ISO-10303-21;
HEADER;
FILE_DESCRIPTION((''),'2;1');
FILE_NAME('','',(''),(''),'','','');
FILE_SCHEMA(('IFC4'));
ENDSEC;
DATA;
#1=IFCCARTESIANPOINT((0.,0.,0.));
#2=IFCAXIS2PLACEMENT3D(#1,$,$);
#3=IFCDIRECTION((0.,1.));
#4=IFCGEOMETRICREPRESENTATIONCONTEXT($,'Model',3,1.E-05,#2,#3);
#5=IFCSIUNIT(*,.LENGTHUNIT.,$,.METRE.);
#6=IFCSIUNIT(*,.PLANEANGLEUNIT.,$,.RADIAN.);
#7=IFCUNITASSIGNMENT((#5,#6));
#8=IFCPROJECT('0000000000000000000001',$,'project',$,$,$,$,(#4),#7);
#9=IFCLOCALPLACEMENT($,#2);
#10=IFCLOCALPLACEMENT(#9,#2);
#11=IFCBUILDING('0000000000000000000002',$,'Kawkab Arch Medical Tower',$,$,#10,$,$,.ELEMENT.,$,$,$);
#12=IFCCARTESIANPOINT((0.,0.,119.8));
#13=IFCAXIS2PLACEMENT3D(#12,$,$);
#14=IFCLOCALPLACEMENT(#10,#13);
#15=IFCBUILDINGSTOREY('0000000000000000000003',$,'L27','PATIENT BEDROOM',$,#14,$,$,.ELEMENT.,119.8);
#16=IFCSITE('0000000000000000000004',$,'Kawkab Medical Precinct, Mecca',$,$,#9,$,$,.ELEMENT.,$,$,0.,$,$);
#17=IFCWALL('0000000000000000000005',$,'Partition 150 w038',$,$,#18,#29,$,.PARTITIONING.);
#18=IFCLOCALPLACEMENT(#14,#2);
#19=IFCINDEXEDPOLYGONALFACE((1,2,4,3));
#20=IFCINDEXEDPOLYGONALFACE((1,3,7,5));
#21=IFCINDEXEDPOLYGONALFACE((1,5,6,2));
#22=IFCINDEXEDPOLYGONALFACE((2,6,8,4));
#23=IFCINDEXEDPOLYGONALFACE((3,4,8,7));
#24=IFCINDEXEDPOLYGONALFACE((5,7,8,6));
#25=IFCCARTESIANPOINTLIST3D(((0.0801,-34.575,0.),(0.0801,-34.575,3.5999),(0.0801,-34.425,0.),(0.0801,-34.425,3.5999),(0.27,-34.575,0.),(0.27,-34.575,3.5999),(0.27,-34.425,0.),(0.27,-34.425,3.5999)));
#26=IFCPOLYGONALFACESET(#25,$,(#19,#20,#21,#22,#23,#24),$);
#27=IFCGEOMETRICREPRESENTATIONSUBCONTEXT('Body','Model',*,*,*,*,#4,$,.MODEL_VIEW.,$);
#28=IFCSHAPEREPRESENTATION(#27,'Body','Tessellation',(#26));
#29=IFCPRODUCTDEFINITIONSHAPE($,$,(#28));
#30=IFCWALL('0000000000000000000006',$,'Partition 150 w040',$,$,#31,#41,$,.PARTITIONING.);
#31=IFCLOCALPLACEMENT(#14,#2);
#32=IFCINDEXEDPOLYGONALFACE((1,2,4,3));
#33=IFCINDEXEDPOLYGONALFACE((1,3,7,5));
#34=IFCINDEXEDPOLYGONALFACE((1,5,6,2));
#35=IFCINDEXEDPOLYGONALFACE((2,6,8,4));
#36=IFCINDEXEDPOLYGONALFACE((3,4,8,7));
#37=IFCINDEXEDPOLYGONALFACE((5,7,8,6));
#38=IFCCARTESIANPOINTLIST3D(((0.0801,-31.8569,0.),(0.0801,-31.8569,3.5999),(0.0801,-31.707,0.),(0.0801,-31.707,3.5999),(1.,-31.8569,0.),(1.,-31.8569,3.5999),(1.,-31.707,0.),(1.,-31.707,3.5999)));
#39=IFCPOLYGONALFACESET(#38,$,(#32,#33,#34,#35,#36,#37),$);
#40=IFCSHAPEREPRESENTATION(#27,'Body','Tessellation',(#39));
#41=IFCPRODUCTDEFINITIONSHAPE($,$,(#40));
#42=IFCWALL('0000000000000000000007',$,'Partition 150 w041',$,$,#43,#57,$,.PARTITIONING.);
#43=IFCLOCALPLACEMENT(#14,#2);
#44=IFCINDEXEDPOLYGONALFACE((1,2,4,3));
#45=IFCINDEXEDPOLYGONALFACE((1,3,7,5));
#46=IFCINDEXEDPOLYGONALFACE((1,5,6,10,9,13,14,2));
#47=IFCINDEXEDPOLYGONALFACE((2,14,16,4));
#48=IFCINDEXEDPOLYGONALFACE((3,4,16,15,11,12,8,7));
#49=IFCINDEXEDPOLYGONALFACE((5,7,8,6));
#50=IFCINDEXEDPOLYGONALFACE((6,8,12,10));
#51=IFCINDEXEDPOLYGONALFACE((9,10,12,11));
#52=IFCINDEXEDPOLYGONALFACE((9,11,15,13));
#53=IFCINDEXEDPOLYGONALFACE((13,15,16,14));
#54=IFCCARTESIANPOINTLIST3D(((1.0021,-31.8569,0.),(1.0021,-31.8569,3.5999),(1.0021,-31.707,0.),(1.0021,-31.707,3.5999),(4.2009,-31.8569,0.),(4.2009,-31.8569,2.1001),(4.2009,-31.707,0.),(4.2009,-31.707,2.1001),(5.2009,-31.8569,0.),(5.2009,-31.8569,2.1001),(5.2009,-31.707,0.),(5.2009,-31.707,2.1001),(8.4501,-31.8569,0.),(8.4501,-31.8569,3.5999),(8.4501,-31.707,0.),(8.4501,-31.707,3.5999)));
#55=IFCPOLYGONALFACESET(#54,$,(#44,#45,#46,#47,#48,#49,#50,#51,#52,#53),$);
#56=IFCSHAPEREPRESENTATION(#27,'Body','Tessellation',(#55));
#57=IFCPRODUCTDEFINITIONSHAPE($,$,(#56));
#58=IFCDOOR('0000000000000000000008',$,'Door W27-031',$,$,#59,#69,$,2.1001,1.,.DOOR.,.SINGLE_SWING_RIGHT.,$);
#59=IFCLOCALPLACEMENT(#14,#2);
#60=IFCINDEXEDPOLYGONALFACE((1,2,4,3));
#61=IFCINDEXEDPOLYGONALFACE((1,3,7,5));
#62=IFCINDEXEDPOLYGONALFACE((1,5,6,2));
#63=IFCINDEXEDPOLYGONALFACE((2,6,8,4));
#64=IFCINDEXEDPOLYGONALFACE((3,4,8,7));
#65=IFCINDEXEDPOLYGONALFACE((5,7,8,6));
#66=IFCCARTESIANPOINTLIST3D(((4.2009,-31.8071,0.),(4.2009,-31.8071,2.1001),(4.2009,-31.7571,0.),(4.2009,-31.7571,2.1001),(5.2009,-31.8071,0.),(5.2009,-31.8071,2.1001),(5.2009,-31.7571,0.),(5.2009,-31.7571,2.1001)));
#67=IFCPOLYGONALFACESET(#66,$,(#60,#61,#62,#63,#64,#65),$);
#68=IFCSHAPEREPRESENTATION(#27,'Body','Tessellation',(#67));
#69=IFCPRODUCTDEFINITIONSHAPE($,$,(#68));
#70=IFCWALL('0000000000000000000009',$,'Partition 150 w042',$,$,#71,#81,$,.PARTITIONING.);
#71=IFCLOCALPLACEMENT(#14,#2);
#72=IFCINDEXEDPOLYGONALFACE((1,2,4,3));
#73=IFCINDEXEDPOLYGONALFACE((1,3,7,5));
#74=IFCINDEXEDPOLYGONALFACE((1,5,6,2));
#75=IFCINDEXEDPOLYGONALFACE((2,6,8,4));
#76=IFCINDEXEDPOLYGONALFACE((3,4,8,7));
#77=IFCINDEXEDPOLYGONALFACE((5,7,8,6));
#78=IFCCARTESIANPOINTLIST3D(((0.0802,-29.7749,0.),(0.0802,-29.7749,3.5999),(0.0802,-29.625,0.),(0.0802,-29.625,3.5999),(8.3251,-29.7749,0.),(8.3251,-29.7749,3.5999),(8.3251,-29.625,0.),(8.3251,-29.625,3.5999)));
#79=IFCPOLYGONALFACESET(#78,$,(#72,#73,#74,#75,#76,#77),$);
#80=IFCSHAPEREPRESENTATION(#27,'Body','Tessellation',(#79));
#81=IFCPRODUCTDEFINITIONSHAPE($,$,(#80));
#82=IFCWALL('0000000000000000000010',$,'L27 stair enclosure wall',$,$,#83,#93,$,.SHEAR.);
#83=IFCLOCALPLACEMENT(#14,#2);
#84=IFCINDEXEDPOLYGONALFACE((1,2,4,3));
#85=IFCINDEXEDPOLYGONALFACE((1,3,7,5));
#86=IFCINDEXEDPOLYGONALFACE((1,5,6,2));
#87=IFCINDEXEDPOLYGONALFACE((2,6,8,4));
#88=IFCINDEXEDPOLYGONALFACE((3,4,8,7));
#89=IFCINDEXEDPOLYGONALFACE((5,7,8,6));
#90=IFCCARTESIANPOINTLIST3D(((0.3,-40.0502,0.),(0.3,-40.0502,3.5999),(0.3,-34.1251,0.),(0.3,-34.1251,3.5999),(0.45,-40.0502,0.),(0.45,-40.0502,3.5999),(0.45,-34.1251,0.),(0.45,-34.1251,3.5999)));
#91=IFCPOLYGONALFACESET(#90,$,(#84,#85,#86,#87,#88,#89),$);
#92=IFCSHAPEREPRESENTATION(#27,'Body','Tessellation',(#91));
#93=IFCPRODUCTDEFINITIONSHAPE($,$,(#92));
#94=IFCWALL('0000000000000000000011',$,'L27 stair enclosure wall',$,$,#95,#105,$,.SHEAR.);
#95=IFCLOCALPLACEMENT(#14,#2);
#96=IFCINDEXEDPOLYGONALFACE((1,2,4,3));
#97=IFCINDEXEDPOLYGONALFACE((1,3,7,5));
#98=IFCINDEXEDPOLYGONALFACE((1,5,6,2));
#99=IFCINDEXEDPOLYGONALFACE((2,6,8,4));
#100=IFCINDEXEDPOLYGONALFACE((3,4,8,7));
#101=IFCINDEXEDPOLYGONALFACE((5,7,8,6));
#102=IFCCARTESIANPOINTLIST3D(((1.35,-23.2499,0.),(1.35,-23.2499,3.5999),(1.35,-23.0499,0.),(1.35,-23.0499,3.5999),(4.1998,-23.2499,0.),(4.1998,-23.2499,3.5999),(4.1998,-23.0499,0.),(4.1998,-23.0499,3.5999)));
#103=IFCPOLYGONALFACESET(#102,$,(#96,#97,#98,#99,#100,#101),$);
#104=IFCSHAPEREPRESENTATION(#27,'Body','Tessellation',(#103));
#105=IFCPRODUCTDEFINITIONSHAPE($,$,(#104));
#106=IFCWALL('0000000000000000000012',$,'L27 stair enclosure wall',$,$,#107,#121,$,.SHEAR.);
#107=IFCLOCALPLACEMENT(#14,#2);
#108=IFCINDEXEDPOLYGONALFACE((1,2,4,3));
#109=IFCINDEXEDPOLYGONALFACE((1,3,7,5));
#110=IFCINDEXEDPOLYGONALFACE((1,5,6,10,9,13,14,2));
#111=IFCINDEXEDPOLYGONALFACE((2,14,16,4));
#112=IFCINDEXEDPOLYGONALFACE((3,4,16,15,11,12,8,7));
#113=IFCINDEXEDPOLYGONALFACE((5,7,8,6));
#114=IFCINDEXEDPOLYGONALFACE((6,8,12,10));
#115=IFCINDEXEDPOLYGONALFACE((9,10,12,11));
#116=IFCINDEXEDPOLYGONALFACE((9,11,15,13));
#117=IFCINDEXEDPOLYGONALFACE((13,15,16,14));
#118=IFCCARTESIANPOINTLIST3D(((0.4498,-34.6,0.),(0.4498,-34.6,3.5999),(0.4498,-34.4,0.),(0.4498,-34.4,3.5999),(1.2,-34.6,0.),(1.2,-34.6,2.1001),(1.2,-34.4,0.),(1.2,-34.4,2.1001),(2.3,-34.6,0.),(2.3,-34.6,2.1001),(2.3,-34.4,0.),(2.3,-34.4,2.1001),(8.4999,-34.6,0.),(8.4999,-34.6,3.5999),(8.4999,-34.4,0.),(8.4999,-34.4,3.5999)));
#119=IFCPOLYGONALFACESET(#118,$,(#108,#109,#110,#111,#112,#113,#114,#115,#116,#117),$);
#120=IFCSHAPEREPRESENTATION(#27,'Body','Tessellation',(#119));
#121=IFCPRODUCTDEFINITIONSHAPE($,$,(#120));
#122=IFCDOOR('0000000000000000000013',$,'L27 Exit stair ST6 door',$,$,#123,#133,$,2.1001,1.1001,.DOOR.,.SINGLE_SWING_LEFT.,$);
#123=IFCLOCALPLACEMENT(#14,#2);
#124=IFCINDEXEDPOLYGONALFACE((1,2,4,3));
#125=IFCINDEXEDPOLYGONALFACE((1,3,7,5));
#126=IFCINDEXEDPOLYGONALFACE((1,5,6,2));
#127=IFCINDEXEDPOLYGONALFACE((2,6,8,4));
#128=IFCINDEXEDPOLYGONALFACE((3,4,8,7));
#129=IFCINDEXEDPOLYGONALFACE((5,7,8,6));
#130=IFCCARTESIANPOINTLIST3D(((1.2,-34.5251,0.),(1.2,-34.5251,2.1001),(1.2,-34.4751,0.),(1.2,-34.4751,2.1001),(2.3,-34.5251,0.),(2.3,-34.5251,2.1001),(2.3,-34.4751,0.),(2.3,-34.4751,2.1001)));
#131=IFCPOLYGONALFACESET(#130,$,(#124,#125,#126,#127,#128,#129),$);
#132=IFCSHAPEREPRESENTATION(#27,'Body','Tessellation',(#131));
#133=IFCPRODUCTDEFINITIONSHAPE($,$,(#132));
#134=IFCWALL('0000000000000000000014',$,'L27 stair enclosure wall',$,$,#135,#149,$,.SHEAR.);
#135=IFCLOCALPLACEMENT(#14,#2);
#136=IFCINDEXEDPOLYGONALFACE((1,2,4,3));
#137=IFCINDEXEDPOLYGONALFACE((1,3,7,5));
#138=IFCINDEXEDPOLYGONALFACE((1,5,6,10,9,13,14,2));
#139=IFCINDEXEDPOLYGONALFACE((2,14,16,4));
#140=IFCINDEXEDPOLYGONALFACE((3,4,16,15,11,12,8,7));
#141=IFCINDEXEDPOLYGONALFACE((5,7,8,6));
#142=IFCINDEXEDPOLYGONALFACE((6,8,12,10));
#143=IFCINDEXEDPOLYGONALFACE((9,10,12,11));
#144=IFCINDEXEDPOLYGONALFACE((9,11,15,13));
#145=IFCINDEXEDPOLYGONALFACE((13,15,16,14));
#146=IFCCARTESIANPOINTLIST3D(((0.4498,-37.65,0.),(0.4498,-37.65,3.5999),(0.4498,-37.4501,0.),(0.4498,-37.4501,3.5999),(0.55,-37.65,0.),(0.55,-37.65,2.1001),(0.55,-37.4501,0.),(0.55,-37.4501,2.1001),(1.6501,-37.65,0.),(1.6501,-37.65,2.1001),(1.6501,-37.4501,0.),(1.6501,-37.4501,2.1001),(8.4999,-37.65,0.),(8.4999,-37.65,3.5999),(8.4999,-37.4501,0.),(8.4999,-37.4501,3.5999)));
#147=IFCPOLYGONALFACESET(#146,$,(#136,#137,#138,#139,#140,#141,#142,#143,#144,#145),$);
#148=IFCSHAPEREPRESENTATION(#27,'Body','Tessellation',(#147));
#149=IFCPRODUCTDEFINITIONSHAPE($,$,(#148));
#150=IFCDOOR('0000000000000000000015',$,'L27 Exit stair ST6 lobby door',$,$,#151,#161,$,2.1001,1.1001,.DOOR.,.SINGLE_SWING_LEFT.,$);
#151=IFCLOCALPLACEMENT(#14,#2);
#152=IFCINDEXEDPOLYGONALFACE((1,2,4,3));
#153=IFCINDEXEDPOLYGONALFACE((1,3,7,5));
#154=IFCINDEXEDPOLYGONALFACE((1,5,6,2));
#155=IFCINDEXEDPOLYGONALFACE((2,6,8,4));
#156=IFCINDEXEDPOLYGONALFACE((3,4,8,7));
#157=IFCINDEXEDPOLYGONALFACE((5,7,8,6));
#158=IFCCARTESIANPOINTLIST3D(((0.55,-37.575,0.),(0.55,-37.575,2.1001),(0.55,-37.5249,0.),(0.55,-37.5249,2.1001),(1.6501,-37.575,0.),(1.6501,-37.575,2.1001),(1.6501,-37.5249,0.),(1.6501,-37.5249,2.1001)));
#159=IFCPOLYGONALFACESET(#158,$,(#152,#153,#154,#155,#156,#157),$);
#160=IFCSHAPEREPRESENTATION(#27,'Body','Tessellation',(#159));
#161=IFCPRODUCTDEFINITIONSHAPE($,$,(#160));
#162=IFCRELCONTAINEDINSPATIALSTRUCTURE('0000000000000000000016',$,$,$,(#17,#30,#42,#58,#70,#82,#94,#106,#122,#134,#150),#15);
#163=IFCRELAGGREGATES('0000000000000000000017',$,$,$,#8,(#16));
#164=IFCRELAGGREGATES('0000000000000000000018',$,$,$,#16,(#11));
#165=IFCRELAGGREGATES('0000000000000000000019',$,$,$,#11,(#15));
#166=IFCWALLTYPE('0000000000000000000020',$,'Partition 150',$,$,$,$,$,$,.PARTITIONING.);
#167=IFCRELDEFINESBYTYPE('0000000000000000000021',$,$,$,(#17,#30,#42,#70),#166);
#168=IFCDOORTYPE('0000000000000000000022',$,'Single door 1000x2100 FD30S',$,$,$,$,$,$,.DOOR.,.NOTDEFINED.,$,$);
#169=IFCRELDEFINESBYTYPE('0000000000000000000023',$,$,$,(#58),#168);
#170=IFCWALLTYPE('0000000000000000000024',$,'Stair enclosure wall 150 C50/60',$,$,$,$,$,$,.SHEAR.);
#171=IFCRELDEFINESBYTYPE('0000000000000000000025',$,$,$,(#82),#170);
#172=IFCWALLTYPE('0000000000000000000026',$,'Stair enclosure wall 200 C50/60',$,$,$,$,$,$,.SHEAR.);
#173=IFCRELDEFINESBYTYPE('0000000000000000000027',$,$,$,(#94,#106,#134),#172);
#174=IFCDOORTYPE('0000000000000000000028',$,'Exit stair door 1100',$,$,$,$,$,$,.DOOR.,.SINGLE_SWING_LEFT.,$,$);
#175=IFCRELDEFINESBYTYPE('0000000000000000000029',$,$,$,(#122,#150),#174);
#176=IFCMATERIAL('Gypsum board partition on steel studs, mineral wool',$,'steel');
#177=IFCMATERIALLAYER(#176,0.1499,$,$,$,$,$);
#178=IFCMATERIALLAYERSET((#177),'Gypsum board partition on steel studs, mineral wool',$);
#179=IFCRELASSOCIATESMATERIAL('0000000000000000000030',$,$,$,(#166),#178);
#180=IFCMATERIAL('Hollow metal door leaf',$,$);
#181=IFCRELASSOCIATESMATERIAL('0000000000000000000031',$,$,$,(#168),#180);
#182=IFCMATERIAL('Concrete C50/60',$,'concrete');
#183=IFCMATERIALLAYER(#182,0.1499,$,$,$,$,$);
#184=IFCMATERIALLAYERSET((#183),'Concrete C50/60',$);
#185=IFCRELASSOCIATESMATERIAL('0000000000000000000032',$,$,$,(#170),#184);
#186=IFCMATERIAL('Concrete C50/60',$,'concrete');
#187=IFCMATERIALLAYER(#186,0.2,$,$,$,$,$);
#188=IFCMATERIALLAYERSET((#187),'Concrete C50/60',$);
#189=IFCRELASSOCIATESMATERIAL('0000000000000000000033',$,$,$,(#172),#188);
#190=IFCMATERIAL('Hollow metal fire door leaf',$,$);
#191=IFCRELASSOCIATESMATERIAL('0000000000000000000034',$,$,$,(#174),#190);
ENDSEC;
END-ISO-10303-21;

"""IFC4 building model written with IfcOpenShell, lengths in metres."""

from ifc_helpers import new_model, si_unit, direction, frame, frame_2d, origin, place, context, subcontext, project, spatial, rectangle, extrude, material, layer, layer_set, type_object, element, fill, save


model = new_model("IFC4")

# Units and contexts
model_context = context("Model", 3, precision=1e-05, world=origin(), true_north=direction((0.0, 1.0)))
body_context = subcontext(model_context, "Body", "Model", "MODEL_VIEW")
ifc_project = project(units=[si_unit("LENGTHUNIT", "METRE"), si_unit("PLANEANGLEUNIT", "RADIAN")], contexts=[model_context])

# Site, building, storey
site_placement = place(None, origin())
site = spatial("IfcSite", under=ifc_project, at=site_placement, Name="Kawkab Medical Precinct, Mecca", CompositionType="ELEMENT", RefElevation=0.0)
building_placement = place(site_placement, origin())
building = spatial("IfcBuilding", under=site, at=building_placement, Name="Kawkab Arch Medical Tower", CompositionType="ELEMENT")
storey_placement = place(building_placement, frame((0.0, 0.0, 119.8)))
storey = spatial("IfcBuildingStorey", under=building, at=storey_placement, Name="L27", Description="PATIENT BEDROOM", CompositionType="ELEMENT", Elevation=119.8)

# Walls
ifc_material_1 = material(Name="Gypsum board partition on steel studs, mineral wool", Category="steel")
ifc_layer_1 = layer(ifc_material_1, 0.1499)
ifc_layer_set_1 = layer_set([ifc_layer_1], Name="Gypsum board partition on steel studs, mineral wool")
wall_type_1 = type_object("IfcWallType", Name="Partition 150", PredefinedType="PARTITIONING", material=ifc_layer_set_1)
wall_1_placement = place(storey_placement, frame((0.0801, -34.5, 0.0), z_axis=(0.0, 0.0, 1.0), x_axis=(1.0, 0.0, 0.0)))
element("IfcWall", 1, at=wall_1_placement, inside=storey, type_object=wall_type_1, Name="Partition 150 w038", PredefinedType="PARTITIONING", context=body_context, shape_type="SweptSolid", body=[
    extrude(rectangle(XDim=0.1899, YDim=0.1499, at=frame_2d((0.095, 0.0))), origin(), (0.0, 0.0, 1.0), 3.5999),
])
wall_2_placement = place(storey_placement, frame((0.0801, -31.782, 0.0), z_axis=(0.0, 0.0, 1.0), x_axis=(1.0, 0.0, 0.0)))
element("IfcWall", 2, at=wall_2_placement, inside=storey, type_object=wall_type_1, Name="Partition 150 w040", PredefinedType="PARTITIONING", context=body_context, shape_type="SweptSolid", body=[
    extrude(rectangle(XDim=0.9199, YDim=0.1499, at=frame_2d((0.46, 0.0))), origin(), (0.0, 0.0, 1.0), 3.5999),
])

# Wall, opening, door
wall_3_placement = place(storey_placement, frame((1.002, -31.782, 0.0), z_axis=(0.0, 0.0, 1.0), x_axis=(1.0, 0.0, 0.0)))
wall_3 = element("IfcWall", 3, at=wall_3_placement, inside=storey, type_object=wall_type_1, Name="Partition 150 w041", PredefinedType="PARTITIONING", context=body_context, shape_type="SweptSolid", body=[
    extrude(rectangle(XDim=7.448, YDim=0.1499, at=frame_2d((3.7241, 0.0))), origin(), (0.0, 0.0, 1.0), 3.5999),
])
opening_1_placement = place(wall_3_placement, frame((3.199, 0.0, 0.0)))
opening_1 = element("IfcOpeningElement", 4, at=opening_1_placement, cuts=wall_3, PredefinedType="OPENING", context=body_context, shape_type="SweptSolid", body=[
    extrude(rectangle(XDim=1.0, YDim=2.1001, at=frame_2d((0.5, 1.05))), frame((0.0, 0.085, 0.0), z_axis=(0.0, -1.0, 0.0), x_axis=(1.0, 0.0, 0.0)), (0.0, 0.0, 1.0), 0.1699),
])
ifc_material_2 = material(Name="Hollow metal door leaf")
door_type_1 = type_object("IfcDoorType", Name="Single door 1000x2100 FD30S", OperationType="NOTDEFINED", PredefinedType="DOOR", material=ifc_material_2)
door_1_placement = place(opening_1_placement, origin())
door_1 = element("IfcDoor", 5, at=door_1_placement, inside=storey, type_object=door_type_1, Name="Door W27-031", OperationType="SINGLE_SWING_RIGHT", OverallHeight=2.1001, OverallWidth=1.0, PredefinedType="DOOR", context=body_context, shape_type="SweptSolid", body=[
    extrude(rectangle(XDim=1.0, YDim=2.1001, at=frame_2d((0.5, 1.05))), frame((0.0, 0.0249, 0.0), z_axis=(0.0, -1.0, 0.0), x_axis=(1.0, 0.0, 0.0)), (0.0, 0.0, 1.0), 0.05),
])
fill(opening_1, door_1)

# Walls
wall_4_placement = place(storey_placement, frame((0.0801, -29.7, 0.0), z_axis=(0.0, 0.0, 1.0), x_axis=(1.0, 0.0, 0.0)))
element("IfcWall", 6, at=wall_4_placement, inside=storey, type_object=wall_type_1, Name="Partition 150 w042", PredefinedType="PARTITIONING", context=body_context, shape_type="SweptSolid", body=[
    extrude(rectangle(XDim=8.2449, YDim=0.1499, at=frame_2d((4.1226, 0.0))), origin(), (0.0, 0.0, 1.0), 3.5999),
])
ifc_material_3 = material(Name="Concrete C50/60", Category="concrete")
ifc_layer_2 = layer(ifc_material_3, 0.1499)
ifc_layer_set_2 = layer_set([ifc_layer_2], Name="Concrete C50/60")
wall_type_2 = type_object("IfcWallType", Name="Stair enclosure wall 150 C50/60", PredefinedType="SHEAR", material=ifc_layer_set_2)
wall_5_placement = place(storey_placement, frame((0.375, -40.05, 0.0), z_axis=(0.0, 0.0, 1.0), x_axis=(0.0, 1.0, 0.0)))
element("IfcWall", 7, at=wall_5_placement, inside=storey, type_object=wall_type_2, Name="L27 stair enclosure wall", PredefinedType="SHEAR", context=body_context, shape_type="SweptSolid", body=[
    extrude(rectangle(XDim=5.925, YDim=0.1499, at=frame_2d((2.9624, 0.0))), origin(), (0.0, 0.0, 1.0), 3.5999),
])
ifc_material_4 = material(Name="Concrete C50/60", Category="concrete")
ifc_layer_3 = layer(ifc_material_4, 0.2)
ifc_layer_set_3 = layer_set([ifc_layer_3], Name="Concrete C50/60")
wall_type_3 = type_object("IfcWallType", Name="Stair enclosure wall 200 C50/60", PredefinedType="SHEAR", material=ifc_layer_set_3)
wall_6_placement = place(storey_placement, frame((1.3501, -23.1499, 0.0), z_axis=(0.0, 0.0, 1.0), x_axis=(1.0, 0.0, 0.0)))
element("IfcWall", 8, at=wall_6_placement, inside=storey, type_object=wall_type_3, Name="L27 stair enclosure wall", PredefinedType="SHEAR", context=body_context, shape_type="SweptSolid", body=[
    extrude(rectangle(XDim=2.8499, YDim=0.2, at=frame_2d((1.4248, 0.0))), origin(), (0.0, 0.0, 1.0), 3.5999),
])

# Walls, openings, doors
wall_7_placement = place(storey_placement, frame((0.45, -34.5, 0.0), z_axis=(0.0, 0.0, 1.0), x_axis=(1.0, 0.0, 0.0)))
wall_7 = element("IfcWall", 9, at=wall_7_placement, inside=storey, type_object=wall_type_3, Name="L27 stair enclosure wall", PredefinedType="SHEAR", context=body_context, shape_type="SweptSolid", body=[
    extrude(rectangle(XDim=8.05, YDim=0.2, at=frame_2d((4.0249, 0.0))), origin(), (0.0, 0.0, 1.0), 3.5999),
])
opening_2_placement = place(wall_7_placement, frame((0.75, 0.0, 0.0)))
opening_2 = element("IfcOpeningElement", 10, at=opening_2_placement, cuts=wall_7, PredefinedType="OPENING", context=body_context, shape_type="SweptSolid", body=[
    extrude(rectangle(XDim=1.1001, YDim=2.1001, at=frame_2d((0.55, 1.05))), frame((0.0, 0.1099, 0.0), z_axis=(0.0, -1.0, 0.0), x_axis=(1.0, 0.0, 0.0)), (0.0, 0.0, 1.0), 0.22),
])
ifc_material_5 = material(Name="Hollow metal fire door leaf")
door_type_2 = type_object("IfcDoorType", Name="Exit stair door 1100", OperationType="SINGLE_SWING_LEFT", PredefinedType="DOOR", material=ifc_material_5)
door_2_placement = place(opening_2_placement, origin())
door_2 = element("IfcDoor", 11, at=door_2_placement, inside=storey, type_object=door_type_2, Name="L27 Exit stair ST6 door", OperationType="SINGLE_SWING_LEFT", OverallHeight=2.1001, OverallWidth=1.1001, PredefinedType="DOOR", context=body_context, shape_type="SweptSolid", body=[
    extrude(rectangle(XDim=1.1001, YDim=2.1001, at=frame_2d((0.55, 1.05))), frame((0.0, 0.0249, 0.0), z_axis=(0.0, -1.0, 0.0), x_axis=(1.0, 0.0, 0.0)), (0.0, 0.0, 1.0), 0.05),
])
fill(opening_2, door_2)
wall_8_placement = place(storey_placement, frame((0.45, -37.55, 0.0), z_axis=(0.0, 0.0, 1.0), x_axis=(1.0, 0.0, 0.0)))
wall_8 = element("IfcWall", 12, at=wall_8_placement, inside=storey, type_object=wall_type_3, Name="L27 stair enclosure wall", PredefinedType="SHEAR", context=body_context, shape_type="SweptSolid", body=[
    extrude(rectangle(XDim=8.05, YDim=0.2, at=frame_2d((4.0249, 0.0))), origin(), (0.0, 0.0, 1.0), 3.5999),
])
opening_3_placement = place(wall_8_placement, frame((0.1001, 0.0, 0.0)))
opening_3 = element("IfcOpeningElement", 13, at=opening_3_placement, cuts=wall_8, PredefinedType="OPENING", context=body_context, shape_type="SweptSolid", body=[
    extrude(rectangle(XDim=1.1001, YDim=2.1001, at=frame_2d((0.55, 1.05))), frame((0.0, 0.1099, 0.0), z_axis=(0.0, -1.0, 0.0), x_axis=(1.0, 0.0, 0.0)), (0.0, 0.0, 1.0), 0.22),
])
door_3_placement = place(opening_3_placement, frame((1.1001, 0.0, 0.0), z_axis=(0.0, 0.0, 1.0), x_axis=(-1.0, 0.0, 0.0)))
door_3 = element("IfcDoor", 14, at=door_3_placement, inside=storey, type_object=door_type_2, Name="L27 Exit stair ST6 lobby door", OperationType="SINGLE_SWING_LEFT", OverallHeight=2.1001, OverallWidth=1.1001, PredefinedType="DOOR", context=body_context, shape_type="SweptSolid", body=[
    extrude(rectangle(XDim=1.1001, YDim=2.1001, at=frame_2d((0.55, 1.05))), frame((0.0, 0.0249, 0.0), z_axis=(0.0, -1.0, 0.0), x_axis=(1.0, 0.0, 0.0)), (0.0, 0.0, 1.0), 0.05),
])
fill(opening_3, door_3)

save(model, "model.ifc")
